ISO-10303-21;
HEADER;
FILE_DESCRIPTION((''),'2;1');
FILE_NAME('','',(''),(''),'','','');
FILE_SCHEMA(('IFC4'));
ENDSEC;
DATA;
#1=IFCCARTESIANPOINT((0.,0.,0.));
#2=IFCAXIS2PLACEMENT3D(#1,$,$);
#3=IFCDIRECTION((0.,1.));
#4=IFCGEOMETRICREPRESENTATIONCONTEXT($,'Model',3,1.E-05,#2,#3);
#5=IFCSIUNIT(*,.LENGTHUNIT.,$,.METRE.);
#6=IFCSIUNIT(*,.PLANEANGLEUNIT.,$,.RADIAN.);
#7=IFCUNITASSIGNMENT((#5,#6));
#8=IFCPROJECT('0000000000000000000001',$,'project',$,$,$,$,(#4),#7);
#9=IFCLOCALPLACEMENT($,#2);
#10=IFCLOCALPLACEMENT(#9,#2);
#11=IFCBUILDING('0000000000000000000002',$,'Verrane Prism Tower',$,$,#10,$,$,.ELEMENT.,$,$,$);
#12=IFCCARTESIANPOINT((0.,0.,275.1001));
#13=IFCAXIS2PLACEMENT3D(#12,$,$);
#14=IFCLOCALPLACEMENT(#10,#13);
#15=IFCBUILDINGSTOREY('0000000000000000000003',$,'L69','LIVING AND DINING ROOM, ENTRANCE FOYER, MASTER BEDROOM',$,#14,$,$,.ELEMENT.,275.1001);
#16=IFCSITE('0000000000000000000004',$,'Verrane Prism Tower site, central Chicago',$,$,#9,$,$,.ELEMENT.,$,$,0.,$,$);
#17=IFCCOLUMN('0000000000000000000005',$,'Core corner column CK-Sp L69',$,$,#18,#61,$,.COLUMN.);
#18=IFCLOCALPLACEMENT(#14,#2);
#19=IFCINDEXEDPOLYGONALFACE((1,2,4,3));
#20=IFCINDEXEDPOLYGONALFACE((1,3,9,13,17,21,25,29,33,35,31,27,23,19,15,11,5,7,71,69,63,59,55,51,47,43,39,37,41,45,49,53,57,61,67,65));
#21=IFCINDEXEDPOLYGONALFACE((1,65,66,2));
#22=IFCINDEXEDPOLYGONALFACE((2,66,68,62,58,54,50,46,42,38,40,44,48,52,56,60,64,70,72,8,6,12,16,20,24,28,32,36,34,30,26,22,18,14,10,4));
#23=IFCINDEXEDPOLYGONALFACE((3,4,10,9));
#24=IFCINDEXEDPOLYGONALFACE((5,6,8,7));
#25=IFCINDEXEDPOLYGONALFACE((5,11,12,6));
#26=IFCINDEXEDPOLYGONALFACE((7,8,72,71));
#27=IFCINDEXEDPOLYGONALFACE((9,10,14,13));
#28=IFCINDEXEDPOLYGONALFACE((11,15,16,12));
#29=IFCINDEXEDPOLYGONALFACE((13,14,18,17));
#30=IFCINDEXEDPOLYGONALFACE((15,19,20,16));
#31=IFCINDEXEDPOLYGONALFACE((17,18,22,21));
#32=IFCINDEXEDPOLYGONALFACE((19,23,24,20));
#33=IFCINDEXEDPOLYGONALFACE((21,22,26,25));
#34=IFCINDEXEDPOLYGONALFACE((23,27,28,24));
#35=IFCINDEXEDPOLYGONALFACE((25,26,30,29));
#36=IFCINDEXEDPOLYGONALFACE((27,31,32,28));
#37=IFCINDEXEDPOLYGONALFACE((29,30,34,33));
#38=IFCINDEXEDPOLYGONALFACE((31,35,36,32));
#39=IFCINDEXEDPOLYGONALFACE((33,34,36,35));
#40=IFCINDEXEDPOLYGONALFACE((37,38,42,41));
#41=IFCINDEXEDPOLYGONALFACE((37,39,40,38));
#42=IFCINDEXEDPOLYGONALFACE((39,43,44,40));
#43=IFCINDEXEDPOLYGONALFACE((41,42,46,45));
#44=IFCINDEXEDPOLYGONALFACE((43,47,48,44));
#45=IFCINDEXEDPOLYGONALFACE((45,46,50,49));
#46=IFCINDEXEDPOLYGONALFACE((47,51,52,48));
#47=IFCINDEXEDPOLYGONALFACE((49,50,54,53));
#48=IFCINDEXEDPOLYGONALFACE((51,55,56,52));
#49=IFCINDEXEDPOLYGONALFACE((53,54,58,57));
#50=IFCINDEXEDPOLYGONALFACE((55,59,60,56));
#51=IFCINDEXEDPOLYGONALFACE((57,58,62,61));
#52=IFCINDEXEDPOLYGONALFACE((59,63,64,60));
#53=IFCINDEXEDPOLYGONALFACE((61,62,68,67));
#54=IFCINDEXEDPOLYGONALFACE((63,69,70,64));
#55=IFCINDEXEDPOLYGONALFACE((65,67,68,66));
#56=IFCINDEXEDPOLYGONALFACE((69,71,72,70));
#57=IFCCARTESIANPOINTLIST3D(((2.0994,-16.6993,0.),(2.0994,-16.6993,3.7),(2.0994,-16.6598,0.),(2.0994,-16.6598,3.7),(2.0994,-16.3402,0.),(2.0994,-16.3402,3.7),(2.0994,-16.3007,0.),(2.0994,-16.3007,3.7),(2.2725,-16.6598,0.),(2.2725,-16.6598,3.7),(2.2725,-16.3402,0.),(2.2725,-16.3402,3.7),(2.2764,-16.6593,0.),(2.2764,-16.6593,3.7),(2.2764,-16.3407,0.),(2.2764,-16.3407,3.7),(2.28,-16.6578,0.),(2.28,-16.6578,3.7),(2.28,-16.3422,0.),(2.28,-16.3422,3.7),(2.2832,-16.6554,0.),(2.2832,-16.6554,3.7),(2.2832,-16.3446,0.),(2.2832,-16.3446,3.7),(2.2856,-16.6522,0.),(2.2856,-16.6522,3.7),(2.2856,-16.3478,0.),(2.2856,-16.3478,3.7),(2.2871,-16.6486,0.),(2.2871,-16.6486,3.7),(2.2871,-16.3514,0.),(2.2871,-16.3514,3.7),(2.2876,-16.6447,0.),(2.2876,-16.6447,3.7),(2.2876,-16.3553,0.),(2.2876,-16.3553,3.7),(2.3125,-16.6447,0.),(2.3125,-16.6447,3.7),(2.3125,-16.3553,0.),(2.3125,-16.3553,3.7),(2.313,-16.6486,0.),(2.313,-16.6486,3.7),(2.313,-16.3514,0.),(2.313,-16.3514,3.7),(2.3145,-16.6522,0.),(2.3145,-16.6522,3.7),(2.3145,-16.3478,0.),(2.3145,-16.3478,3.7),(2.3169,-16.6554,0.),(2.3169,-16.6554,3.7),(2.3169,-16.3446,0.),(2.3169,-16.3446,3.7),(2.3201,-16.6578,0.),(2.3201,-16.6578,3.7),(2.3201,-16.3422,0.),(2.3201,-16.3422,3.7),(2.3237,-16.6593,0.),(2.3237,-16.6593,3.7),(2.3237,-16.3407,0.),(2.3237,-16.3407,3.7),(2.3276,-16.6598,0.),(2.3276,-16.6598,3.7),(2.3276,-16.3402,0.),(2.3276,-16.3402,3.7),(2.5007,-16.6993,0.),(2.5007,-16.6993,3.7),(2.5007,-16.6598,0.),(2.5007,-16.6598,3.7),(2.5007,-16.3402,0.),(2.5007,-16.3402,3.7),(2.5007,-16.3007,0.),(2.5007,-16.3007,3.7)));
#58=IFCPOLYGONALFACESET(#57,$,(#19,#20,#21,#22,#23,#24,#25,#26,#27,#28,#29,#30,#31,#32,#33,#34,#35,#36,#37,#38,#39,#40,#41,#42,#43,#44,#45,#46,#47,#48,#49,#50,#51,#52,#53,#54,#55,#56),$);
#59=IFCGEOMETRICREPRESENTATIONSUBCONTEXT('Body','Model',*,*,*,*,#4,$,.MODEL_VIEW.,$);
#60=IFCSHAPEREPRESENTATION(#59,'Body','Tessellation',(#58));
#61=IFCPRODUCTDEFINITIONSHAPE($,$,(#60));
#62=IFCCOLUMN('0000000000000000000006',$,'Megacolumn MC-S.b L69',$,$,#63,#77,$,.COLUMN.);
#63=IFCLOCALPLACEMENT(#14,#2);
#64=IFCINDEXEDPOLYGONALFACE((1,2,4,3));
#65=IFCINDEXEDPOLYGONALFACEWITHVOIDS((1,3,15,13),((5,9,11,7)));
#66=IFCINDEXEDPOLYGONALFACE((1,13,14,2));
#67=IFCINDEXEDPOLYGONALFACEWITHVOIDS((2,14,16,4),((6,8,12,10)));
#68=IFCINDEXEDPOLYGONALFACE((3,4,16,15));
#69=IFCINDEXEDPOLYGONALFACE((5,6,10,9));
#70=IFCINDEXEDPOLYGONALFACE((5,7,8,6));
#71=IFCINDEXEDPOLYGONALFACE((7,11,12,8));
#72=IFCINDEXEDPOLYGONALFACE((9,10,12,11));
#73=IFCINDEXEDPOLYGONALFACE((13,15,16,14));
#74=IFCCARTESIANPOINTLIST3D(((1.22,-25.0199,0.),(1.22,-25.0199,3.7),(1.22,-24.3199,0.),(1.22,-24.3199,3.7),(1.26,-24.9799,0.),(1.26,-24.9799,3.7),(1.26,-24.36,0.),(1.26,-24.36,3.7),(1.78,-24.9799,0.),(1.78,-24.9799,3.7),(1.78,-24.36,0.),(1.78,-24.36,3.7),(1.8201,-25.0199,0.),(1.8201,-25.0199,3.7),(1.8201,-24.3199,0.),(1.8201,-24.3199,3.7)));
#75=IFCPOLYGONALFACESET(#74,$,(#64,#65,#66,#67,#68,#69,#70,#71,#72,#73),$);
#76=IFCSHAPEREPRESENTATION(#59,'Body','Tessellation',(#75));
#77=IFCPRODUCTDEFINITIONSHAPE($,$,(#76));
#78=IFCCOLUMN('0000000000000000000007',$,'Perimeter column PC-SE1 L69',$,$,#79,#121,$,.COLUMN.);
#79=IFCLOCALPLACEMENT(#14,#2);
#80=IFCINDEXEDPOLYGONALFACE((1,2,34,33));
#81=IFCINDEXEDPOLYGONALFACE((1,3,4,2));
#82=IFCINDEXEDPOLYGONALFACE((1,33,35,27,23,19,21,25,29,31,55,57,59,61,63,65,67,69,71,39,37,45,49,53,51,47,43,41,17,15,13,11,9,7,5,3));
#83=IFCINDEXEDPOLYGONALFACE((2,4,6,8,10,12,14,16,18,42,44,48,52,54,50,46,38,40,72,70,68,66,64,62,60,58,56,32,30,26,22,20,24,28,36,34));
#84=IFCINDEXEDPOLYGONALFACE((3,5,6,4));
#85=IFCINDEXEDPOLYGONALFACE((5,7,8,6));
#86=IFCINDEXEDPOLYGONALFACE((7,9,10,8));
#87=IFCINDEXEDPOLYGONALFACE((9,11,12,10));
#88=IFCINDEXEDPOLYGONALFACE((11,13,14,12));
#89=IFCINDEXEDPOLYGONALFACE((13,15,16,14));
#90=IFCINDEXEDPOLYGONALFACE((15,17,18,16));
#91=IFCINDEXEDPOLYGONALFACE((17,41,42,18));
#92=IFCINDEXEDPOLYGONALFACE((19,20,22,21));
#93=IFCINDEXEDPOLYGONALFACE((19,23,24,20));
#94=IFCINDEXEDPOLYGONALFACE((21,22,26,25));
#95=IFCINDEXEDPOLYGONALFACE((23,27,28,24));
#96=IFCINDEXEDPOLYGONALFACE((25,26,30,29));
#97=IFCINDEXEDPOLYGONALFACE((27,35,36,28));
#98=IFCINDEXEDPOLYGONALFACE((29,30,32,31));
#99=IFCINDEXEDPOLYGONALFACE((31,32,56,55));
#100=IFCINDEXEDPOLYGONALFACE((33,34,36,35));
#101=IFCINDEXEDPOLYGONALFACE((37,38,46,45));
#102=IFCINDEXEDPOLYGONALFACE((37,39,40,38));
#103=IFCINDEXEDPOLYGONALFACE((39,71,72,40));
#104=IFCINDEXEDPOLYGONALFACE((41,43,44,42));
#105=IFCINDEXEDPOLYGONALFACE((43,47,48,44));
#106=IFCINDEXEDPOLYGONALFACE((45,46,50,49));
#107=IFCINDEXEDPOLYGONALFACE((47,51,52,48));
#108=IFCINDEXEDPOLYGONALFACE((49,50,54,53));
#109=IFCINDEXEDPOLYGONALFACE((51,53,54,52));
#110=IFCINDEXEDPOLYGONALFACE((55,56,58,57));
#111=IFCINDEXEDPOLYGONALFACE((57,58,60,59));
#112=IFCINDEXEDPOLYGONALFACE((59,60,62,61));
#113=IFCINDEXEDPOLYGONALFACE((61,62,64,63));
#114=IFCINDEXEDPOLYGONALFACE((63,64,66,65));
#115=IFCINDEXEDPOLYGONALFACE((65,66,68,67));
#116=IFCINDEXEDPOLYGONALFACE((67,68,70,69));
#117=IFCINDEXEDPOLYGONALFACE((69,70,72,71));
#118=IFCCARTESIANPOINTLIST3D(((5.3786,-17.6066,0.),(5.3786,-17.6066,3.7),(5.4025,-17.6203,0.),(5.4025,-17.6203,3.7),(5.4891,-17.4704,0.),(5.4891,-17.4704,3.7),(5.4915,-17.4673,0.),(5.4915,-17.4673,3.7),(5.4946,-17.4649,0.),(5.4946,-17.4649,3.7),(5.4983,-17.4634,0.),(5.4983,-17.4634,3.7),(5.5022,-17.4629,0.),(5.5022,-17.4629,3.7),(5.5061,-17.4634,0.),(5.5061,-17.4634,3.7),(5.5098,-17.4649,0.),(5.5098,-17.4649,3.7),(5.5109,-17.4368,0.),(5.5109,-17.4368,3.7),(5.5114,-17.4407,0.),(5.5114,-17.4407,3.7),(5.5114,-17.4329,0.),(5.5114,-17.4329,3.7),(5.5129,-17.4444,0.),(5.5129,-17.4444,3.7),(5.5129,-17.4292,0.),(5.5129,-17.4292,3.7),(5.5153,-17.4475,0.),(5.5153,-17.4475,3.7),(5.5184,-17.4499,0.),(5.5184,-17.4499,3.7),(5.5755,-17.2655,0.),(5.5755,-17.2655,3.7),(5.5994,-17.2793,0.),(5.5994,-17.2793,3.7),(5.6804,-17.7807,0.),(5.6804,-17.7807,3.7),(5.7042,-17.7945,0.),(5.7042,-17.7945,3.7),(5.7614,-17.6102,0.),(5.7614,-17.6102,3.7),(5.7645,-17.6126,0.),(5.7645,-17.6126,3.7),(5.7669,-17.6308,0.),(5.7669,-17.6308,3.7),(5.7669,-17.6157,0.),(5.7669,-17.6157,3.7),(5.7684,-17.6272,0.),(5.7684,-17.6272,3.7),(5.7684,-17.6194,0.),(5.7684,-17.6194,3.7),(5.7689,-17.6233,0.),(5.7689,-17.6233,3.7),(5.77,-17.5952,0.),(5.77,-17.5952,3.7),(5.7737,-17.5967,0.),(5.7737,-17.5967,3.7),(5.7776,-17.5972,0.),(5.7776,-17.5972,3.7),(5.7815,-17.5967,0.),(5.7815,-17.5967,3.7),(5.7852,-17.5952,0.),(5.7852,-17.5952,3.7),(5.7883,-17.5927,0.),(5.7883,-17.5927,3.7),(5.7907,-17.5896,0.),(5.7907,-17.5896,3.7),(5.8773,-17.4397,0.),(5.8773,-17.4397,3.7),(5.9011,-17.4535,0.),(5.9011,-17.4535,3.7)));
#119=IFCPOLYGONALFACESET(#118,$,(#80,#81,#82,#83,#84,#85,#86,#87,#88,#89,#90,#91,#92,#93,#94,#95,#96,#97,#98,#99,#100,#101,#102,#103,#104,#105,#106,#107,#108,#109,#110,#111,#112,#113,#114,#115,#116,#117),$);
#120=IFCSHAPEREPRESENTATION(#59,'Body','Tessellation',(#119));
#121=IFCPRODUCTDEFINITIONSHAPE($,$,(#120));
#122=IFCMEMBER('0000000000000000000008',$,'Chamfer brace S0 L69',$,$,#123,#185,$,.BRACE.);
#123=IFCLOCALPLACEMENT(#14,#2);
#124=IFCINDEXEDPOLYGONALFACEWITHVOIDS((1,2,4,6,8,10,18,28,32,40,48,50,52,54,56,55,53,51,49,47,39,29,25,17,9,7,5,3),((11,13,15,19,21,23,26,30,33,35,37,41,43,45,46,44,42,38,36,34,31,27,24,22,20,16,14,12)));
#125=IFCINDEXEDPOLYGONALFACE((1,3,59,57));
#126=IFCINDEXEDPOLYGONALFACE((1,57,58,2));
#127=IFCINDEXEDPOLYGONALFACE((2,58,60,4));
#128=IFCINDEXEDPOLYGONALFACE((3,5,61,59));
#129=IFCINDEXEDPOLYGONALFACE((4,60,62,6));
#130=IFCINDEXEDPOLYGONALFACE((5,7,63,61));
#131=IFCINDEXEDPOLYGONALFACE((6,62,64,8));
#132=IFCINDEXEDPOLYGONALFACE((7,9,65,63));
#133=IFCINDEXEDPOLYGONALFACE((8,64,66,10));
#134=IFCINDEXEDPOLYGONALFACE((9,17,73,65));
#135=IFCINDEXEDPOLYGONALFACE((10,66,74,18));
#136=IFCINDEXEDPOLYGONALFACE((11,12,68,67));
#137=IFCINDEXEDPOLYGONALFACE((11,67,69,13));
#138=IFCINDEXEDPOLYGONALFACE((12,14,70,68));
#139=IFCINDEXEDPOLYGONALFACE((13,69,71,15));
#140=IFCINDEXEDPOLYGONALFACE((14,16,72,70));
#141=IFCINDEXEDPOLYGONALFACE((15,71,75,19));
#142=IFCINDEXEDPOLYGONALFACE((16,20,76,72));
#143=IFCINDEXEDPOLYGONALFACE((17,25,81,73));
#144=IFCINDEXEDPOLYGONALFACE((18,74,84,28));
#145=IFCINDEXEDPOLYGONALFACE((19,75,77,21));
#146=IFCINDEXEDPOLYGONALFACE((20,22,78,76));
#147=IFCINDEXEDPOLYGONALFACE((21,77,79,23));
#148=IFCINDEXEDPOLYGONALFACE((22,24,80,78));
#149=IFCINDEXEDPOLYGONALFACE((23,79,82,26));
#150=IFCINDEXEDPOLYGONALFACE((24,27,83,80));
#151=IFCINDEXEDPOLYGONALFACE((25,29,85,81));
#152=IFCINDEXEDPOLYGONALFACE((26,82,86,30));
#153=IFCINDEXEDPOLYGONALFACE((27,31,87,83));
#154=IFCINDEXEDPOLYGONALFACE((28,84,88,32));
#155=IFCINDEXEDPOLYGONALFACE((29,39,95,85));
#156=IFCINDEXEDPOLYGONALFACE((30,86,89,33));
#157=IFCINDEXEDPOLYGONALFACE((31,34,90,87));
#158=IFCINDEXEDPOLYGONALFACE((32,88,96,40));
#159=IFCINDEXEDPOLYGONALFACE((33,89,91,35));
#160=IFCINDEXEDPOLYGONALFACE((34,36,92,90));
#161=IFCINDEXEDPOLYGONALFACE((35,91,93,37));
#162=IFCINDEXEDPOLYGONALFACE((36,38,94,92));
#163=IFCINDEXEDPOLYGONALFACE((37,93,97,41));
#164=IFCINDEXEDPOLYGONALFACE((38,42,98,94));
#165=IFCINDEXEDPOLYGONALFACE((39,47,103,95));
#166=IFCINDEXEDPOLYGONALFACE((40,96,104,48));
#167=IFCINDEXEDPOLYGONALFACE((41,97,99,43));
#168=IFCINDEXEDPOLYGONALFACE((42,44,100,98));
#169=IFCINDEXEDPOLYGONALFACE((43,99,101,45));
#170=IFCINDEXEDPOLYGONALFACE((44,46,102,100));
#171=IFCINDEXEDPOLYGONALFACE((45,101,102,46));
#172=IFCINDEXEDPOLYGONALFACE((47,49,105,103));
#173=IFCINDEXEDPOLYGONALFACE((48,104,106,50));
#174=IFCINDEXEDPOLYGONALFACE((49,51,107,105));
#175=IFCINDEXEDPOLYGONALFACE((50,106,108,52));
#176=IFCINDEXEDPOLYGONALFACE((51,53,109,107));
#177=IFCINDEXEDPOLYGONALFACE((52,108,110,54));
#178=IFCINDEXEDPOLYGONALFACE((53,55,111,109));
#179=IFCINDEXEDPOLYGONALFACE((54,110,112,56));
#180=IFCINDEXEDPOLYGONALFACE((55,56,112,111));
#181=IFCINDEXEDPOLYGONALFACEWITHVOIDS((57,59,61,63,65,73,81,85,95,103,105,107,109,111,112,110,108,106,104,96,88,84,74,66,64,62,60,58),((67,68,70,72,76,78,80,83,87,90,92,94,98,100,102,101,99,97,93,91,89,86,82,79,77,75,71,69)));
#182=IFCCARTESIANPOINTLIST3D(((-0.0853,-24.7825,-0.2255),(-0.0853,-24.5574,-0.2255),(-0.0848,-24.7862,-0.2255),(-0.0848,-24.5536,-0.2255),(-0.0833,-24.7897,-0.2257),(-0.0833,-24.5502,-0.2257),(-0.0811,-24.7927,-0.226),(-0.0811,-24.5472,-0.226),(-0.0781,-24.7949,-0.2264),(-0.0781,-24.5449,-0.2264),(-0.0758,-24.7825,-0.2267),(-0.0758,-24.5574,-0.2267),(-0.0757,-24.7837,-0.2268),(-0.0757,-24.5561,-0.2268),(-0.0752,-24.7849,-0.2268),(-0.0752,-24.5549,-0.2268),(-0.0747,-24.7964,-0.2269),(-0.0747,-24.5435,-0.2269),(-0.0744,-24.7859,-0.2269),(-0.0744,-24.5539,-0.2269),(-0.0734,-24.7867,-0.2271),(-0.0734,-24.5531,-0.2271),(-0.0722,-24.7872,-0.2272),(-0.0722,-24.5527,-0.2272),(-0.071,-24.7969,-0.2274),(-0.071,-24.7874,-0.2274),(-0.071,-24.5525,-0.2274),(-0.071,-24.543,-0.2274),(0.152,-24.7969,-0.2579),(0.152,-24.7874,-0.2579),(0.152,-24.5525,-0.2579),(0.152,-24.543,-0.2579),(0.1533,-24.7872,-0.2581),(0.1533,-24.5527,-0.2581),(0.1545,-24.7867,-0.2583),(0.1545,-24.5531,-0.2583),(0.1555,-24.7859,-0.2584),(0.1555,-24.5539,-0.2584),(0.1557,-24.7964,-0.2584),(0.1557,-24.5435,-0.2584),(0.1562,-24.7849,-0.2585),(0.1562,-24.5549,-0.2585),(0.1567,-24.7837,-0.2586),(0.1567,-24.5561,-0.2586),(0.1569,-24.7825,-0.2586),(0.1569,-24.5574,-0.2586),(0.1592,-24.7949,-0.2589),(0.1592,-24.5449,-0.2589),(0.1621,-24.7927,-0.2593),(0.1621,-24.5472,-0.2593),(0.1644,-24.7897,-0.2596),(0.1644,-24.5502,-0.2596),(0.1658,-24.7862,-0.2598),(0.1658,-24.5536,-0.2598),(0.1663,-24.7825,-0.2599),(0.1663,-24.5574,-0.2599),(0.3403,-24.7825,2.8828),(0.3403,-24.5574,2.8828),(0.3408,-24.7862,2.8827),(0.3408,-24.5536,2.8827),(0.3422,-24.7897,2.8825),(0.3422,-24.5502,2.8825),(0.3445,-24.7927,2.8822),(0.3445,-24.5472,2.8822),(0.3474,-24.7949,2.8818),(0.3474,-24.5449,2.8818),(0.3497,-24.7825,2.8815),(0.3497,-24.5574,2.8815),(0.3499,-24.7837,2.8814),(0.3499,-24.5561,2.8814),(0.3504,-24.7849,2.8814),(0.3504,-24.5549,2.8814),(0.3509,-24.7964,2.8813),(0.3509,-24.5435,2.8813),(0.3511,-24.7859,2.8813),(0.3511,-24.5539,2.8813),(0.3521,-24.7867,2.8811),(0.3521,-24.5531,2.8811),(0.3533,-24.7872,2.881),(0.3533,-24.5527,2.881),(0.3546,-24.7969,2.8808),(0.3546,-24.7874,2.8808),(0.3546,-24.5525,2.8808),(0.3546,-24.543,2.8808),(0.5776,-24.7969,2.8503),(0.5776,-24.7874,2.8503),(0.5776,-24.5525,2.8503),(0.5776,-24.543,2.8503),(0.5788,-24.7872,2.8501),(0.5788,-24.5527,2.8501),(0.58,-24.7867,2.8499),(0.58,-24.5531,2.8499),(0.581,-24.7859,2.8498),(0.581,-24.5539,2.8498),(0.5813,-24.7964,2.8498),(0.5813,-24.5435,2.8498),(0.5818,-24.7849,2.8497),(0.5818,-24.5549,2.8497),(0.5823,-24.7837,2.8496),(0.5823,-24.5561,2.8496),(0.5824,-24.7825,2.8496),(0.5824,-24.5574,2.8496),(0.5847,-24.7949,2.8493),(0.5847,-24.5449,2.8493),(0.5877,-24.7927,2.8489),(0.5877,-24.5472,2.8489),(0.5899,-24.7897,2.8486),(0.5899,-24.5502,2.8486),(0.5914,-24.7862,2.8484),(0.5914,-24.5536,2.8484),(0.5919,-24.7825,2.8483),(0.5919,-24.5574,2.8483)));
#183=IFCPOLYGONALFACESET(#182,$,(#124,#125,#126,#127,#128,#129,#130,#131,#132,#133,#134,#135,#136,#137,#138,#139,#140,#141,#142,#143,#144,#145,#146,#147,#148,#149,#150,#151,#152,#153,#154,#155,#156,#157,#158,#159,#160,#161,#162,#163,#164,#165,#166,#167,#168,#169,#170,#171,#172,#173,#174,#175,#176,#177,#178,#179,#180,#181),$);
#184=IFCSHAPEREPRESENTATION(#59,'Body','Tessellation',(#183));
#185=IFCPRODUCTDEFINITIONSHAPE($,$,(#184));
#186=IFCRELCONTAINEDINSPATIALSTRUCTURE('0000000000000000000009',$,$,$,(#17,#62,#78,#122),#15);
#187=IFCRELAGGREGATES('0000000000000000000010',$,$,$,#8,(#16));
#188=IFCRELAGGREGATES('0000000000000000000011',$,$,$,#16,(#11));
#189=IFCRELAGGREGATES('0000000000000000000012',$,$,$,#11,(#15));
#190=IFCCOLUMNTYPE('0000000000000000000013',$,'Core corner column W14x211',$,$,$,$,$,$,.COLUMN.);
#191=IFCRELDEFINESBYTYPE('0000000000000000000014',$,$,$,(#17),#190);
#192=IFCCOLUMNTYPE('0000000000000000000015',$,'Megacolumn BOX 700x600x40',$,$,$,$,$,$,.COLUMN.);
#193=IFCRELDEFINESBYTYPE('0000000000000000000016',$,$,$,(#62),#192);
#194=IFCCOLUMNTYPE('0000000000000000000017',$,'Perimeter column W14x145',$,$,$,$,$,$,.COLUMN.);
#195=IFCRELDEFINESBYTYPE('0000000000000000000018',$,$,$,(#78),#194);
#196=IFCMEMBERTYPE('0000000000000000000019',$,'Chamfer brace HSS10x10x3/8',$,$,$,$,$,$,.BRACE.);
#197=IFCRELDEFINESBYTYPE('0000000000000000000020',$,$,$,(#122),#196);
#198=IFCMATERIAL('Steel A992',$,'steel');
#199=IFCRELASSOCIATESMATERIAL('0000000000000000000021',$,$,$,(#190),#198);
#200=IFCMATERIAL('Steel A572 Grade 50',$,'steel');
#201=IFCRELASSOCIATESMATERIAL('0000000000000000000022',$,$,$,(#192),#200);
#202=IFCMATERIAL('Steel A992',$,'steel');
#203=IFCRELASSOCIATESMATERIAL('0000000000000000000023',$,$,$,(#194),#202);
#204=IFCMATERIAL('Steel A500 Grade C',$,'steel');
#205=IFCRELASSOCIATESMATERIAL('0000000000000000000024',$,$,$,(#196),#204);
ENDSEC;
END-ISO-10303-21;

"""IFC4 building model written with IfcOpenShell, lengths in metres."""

from ifc_helpers import new_model, si_unit, direction, frame, origin, origin_2d, place, context, subcontext, project, spatial, hollow_rectangle, i_section, extrude, material, material_profile, profile_set, type_object, element, save


model = new_model("IFC4")

# Units and contexts
model_context = context("Model", 3, precision=1e-05, world=origin(), true_north=direction((0.0, 1.0)))
body_context = subcontext(model_context, "Body", "Model", "MODEL_VIEW")
ifc_project = project(units=[si_unit("LENGTHUNIT", "METRE"), si_unit("PLANEANGLEUNIT", "RADIAN")], contexts=[model_context])

# Site, building, storey
site_placement = place(None, origin())
site = spatial("IfcSite", under=ifc_project, at=site_placement, Name="Verrane Prism Tower site, central Chicago", CompositionType="ELEMENT", RefElevation=0.0)
building_placement = place(site_placement, origin())
building = spatial("IfcBuilding", under=site, at=building_placement, Name="Verrane Prism Tower", CompositionType="ELEMENT")
storey_placement = place(building_placement, frame((0.0, 0.0, 275.1001)))
storey = spatial("IfcBuildingStorey", under=building, at=storey_placement, Name="L69", Description="LIVING AND DINING ROOM, ENTRANCE FOYER, MASTER BEDROOM", CompositionType="ELEMENT", Elevation=275.1001)

# Columns
ifc_material_1 = material(Name="Steel A992", Category="steel")
ifc_material_profile_1 = material_profile(ifc_material_1, i_section(OverallWidth=0.4014, OverallDepth=0.3987, WebThickness=0.0249, FlangeThickness=0.0396, FilletRadius=0.0151, at=origin_2d()), Name="W14x211")
ifc_profile_set_1 = profile_set([ifc_material_profile_1], Name="Steel A992")
column_type_1 = type_object("IfcColumnType", Name="Core corner column W14x211", PredefinedType="COLUMN", material=ifc_profile_set_1)
column_1_placement = place(storey_placement, frame((2.3, -16.5, 0.0), z_axis=(0.0, 0.0, 1.0), x_axis=(-1.0, 0.0, 0.0)))
element("IfcColumn", 1, at=column_1_placement, inside=storey, type_object=column_type_1, Name="Core corner column CK-Sp L69", PredefinedType="COLUMN", context=body_context, shape_type="SweptSolid", body=[
    extrude(i_section(OverallWidth=0.4014, OverallDepth=0.3987, WebThickness=0.0249, FlangeThickness=0.0396, FilletRadius=0.0151, at=origin_2d()), origin(), (0.0, 0.0, 1.0), 3.7),
])
ifc_material_2 = material(Name="Steel A572 Grade 50", Category="steel")
ifc_material_profile_2 = material_profile(ifc_material_2, hollow_rectangle(XDim=0.6001, YDim=0.7, WallThickness=0.04, at=origin_2d()), Name="BOX 700x600x40")
ifc_profile_set_2 = profile_set([ifc_material_profile_2], Name="Steel A572 Grade 50")
column_type_2 = type_object("IfcColumnType", Name="Megacolumn BOX 700x600x40", PredefinedType="COLUMN", material=ifc_profile_set_2)
column_2_placement = place(storey_placement, frame((1.52, -24.6699, 0.0), z_axis=(0.0, 0.0, 1.0), x_axis=(-1.0, 0.0, 0.0)))
element("IfcColumn", 2, at=column_2_placement, inside=storey, type_object=column_type_2, Name="Megacolumn MC-S.b L69", PredefinedType="COLUMN", context=body_context, shape_type="SweptSolid", body=[
    extrude(hollow_rectangle(XDim=0.6001, YDim=0.7, WallThickness=0.04, at=origin_2d()), origin(), (0.0, 0.0, 1.0), 3.7),
])
ifc_material_3 = material(Name="Steel A992", Category="steel")
ifc_material_profile_3 = material_profile(ifc_material_3, i_section(OverallWidth=0.3938, OverallDepth=0.376, WebThickness=0.0173, FlangeThickness=0.0276, FilletRadius=0.0151, at=origin_2d()), Name="W14x145")
ifc_profile_set_3 = profile_set([ifc_material_profile_3], Name="Steel A992")
column_type_3 = type_object("IfcColumnType", Name="Perimeter column W14x145", PredefinedType="COLUMN", material=ifc_profile_set_3)
column_3_placement = place(storey_placement, frame((5.6399, -17.53, 0.0), z_axis=(0.0, 0.0, 1.0), x_axis=(-0.5, -0.866025, 0.0)))
element("IfcColumn", 3, at=column_3_placement, inside=storey, type_object=column_type_3, Name="Perimeter column PC-SE1 L69", PredefinedType="COLUMN", context=body_context, shape_type="SweptSolid", body=[
    extrude(i_section(OverallWidth=0.3938, OverallDepth=0.376, WebThickness=0.0173, FlangeThickness=0.0276, FilletRadius=0.0151, at=origin_2d()), origin(), (0.0, 0.0, 1.0), 3.7),
])

# Member
ifc_material_4 = material(Name="Steel A500 Grade C", Category="steel")
ifc_material_profile_4 = material_profile(ifc_material_4, hollow_rectangle(XDim=0.2539, YDim=0.2539, WallThickness=0.0095, InnerFilletRadius=0.0049, OuterFilletRadius=0.0144, at=origin_2d()), Name="HSS10x10x3/8")
ifc_profile_set_4 = profile_set([ifc_material_profile_4], Name="Steel A500 Grade C")
member_type_1 = type_object("IfcMemberType", Name="Chamfer brace HSS10x10x3/8", PredefinedType="BRACE", material=ifc_profile_set_4)
member_1_placement = place(storey_placement, frame((0.0405, -24.6699, -0.2427), z_axis=(0.135645, 0.0, 0.990758), x_axis=(0.0, 1.0, 0.0)))
element("IfcMember", 4, at=member_1_placement, inside=storey, type_object=member_type_1, Name="Chamfer brace S0 L69", PredefinedType="BRACE", context=body_context, shape_type="SweptSolid", body=[
    extrude(hollow_rectangle(XDim=0.2539, YDim=0.2539, WallThickness=0.0095, InnerFilletRadius=0.0049, OuterFilletRadius=0.0144, at=origin_2d()), origin(), (0.0, 0.0, 1.0), 3.1372),
])

save(model, "model.ifc")
